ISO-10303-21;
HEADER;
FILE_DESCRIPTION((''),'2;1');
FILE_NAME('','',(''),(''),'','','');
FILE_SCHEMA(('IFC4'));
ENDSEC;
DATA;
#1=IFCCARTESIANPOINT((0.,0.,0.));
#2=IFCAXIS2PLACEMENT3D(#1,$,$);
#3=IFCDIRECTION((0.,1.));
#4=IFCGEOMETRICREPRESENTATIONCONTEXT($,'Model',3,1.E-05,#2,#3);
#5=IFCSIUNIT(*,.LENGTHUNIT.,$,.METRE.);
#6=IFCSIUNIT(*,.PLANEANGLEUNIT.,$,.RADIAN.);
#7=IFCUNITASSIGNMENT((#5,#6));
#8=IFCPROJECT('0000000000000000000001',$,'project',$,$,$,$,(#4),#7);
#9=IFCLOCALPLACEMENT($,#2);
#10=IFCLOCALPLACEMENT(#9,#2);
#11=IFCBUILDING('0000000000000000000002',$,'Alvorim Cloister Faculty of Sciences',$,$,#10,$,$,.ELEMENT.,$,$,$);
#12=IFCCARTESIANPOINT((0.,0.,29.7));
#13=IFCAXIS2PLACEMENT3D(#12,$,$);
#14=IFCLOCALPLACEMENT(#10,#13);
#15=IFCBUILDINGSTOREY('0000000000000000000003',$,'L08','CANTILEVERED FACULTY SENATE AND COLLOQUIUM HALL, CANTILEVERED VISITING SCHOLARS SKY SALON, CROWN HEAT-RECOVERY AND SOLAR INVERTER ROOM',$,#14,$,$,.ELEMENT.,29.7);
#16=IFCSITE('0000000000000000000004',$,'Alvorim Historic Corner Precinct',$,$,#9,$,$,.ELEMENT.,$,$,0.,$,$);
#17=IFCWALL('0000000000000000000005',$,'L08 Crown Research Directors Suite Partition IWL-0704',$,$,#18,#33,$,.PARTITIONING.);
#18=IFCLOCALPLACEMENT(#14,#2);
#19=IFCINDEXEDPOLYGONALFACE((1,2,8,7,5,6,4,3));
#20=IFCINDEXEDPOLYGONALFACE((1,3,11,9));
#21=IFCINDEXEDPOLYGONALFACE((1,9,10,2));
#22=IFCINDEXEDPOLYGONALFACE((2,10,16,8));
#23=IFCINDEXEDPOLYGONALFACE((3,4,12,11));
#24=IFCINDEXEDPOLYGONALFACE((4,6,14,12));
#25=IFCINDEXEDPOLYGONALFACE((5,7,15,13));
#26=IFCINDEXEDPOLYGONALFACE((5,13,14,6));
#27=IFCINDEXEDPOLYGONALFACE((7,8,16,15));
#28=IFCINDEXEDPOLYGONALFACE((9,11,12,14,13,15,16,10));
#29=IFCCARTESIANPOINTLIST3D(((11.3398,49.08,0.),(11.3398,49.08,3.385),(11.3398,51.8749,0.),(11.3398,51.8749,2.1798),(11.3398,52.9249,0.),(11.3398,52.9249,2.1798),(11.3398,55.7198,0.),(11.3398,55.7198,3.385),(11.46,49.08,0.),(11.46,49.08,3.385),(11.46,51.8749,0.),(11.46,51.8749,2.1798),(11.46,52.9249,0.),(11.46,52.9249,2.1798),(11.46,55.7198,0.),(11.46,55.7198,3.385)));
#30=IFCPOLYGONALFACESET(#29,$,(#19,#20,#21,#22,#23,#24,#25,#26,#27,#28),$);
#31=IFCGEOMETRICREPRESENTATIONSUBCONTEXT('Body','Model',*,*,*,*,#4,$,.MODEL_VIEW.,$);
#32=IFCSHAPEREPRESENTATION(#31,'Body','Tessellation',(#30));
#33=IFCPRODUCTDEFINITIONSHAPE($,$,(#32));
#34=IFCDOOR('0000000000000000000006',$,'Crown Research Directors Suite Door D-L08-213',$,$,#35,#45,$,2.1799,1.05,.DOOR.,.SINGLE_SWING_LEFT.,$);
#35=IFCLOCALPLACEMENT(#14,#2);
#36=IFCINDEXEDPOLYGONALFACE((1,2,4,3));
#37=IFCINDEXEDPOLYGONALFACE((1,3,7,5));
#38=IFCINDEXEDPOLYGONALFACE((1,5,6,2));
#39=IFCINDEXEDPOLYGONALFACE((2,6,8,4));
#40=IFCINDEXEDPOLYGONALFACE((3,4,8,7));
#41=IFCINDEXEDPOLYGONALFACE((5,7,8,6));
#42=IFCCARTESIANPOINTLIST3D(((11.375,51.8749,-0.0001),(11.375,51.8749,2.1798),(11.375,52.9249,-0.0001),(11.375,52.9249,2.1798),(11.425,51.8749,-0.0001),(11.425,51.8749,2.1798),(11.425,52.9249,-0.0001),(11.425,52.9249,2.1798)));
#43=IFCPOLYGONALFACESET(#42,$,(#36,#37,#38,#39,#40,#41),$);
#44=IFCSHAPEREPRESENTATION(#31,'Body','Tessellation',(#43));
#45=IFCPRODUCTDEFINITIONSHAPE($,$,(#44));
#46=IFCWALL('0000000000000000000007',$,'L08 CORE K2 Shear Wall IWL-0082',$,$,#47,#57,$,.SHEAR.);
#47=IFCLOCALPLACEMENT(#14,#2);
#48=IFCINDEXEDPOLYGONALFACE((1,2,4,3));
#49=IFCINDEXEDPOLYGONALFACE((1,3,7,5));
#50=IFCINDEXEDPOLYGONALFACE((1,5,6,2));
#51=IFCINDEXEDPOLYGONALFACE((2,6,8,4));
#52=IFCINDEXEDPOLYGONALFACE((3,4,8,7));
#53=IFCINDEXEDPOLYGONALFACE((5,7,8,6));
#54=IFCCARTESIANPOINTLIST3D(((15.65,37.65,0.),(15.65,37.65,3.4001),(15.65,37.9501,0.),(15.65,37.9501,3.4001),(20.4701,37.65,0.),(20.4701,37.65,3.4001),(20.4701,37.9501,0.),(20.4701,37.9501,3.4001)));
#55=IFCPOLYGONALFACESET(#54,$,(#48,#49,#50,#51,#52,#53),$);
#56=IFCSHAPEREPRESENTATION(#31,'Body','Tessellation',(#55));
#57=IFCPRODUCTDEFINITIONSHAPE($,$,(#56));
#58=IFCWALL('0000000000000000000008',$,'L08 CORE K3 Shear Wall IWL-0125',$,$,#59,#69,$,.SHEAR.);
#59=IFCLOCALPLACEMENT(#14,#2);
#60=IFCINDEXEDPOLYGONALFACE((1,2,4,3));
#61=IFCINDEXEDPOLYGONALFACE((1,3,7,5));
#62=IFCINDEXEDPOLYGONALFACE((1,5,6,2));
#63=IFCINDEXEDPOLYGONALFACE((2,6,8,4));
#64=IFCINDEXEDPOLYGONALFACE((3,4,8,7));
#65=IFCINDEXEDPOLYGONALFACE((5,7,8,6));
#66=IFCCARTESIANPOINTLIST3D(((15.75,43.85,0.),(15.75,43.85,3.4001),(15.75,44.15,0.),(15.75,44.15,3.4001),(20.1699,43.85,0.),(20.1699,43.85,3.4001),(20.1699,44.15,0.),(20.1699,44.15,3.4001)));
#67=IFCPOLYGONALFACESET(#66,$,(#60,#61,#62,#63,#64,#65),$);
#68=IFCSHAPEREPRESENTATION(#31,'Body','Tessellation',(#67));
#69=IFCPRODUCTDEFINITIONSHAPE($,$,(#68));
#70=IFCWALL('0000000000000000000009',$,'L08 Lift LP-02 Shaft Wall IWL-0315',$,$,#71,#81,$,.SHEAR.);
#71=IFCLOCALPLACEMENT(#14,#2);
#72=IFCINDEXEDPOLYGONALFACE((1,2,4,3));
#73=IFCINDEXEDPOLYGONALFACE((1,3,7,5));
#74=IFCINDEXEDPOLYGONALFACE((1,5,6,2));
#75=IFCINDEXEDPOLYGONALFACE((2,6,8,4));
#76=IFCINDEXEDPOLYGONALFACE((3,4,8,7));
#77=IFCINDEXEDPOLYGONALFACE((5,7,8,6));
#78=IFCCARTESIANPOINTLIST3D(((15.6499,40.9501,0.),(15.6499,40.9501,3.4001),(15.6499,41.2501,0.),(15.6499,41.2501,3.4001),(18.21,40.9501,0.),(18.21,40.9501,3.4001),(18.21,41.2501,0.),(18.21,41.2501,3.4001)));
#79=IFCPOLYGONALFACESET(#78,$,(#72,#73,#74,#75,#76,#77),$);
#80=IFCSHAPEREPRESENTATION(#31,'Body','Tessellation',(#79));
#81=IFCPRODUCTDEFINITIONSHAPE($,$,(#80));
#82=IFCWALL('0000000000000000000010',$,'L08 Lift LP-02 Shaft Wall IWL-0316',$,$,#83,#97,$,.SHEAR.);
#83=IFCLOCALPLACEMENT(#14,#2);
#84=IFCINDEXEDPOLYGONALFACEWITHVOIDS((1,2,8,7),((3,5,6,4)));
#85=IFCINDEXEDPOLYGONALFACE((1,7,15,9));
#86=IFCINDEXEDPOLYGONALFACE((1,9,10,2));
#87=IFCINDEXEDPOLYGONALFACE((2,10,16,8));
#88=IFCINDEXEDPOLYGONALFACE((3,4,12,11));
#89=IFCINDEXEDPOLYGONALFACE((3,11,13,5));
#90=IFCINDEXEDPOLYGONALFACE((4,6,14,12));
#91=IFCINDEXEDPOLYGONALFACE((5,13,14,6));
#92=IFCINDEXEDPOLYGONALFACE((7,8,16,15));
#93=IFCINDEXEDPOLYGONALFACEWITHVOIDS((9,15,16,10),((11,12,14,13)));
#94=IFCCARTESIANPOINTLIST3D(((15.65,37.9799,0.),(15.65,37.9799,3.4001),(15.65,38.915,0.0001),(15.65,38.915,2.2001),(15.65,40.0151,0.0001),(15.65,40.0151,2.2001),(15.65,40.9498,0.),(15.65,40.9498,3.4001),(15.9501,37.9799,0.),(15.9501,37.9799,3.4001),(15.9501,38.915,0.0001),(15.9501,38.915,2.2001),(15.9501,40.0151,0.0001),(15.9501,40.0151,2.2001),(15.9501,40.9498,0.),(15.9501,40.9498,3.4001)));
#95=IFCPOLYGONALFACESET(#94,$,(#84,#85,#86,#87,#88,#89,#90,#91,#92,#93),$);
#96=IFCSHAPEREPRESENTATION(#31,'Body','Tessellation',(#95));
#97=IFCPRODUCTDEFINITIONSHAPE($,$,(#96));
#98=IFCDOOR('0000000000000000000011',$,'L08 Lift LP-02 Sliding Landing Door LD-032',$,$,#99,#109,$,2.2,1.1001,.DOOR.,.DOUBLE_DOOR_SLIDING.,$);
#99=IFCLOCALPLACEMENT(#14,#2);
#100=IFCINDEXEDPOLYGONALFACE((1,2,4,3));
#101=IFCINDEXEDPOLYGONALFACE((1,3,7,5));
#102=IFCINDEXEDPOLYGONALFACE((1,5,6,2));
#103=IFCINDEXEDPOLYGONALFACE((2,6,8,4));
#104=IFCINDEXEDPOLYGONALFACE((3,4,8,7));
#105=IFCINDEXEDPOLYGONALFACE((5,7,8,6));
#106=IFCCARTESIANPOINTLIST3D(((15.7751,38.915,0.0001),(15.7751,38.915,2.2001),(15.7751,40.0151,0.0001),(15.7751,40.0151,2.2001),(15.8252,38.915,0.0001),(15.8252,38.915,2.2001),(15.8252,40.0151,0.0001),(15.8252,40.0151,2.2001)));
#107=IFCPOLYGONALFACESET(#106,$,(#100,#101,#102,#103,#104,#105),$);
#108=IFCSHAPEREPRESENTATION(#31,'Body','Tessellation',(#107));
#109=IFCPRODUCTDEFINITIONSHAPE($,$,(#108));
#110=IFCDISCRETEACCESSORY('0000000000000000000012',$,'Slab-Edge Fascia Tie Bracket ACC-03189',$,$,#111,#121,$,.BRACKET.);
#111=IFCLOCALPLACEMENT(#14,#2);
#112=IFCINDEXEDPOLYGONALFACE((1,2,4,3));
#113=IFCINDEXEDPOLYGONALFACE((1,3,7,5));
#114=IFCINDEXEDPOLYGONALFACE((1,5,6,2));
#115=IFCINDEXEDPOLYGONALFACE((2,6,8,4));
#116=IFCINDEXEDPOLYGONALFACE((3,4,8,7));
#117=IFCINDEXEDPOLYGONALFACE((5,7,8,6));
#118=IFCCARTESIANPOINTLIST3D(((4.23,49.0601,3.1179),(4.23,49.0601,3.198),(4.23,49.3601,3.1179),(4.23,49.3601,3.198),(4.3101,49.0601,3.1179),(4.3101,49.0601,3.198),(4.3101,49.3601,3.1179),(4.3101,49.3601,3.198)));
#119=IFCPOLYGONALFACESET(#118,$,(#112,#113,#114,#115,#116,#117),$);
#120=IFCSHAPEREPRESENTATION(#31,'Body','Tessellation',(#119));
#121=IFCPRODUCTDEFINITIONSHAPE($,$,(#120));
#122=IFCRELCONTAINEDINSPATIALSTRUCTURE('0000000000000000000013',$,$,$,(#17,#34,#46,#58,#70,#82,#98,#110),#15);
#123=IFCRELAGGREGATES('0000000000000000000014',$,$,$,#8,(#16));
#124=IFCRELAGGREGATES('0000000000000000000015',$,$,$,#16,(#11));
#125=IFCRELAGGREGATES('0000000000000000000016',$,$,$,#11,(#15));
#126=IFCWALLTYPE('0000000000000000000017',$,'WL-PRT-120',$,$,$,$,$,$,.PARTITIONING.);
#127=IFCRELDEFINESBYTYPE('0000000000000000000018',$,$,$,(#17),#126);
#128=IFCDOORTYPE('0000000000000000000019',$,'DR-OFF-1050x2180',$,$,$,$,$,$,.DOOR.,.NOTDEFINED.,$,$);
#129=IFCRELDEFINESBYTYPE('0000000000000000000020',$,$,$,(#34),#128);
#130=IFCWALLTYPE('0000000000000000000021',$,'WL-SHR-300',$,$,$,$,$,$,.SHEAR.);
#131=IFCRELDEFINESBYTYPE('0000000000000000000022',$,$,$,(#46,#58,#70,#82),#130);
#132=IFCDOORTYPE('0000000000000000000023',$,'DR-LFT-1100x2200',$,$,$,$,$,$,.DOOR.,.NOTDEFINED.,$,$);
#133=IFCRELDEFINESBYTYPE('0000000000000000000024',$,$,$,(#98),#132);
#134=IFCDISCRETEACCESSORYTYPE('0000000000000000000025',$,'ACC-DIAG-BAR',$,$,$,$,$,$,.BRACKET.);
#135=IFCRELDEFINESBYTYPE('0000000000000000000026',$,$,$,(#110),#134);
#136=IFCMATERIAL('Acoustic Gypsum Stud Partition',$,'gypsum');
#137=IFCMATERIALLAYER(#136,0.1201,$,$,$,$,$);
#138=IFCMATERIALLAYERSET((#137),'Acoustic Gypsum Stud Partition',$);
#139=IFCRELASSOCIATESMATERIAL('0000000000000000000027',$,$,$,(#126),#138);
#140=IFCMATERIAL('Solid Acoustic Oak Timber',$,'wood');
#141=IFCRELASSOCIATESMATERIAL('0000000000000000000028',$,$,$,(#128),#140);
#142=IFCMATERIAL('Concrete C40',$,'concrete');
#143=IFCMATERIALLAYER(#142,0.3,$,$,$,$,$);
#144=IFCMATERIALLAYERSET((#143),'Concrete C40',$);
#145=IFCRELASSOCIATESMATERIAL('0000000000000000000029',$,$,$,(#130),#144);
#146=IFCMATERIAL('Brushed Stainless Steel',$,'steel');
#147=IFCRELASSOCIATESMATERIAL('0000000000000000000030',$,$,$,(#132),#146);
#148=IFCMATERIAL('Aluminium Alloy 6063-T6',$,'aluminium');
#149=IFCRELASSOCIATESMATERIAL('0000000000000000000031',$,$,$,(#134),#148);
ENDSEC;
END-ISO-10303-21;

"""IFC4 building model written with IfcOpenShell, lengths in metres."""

from ifc_helpers import new_model, si_unit, direction, frame, frame_2d, origin, origin_2d, place, context, subcontext, project, spatial, rectangle, extrude, material, layer, layer_set, type_object, element, fill, save


model = new_model("IFC4")

# Units and contexts
model_context = context("Model", 3, precision=1e-05, world=origin(), true_north=direction((0.0, 1.0)))
body_context = subcontext(model_context, "Body", "Model", "MODEL_VIEW")
ifc_project = project(units=[si_unit("LENGTHUNIT", "METRE"), si_unit("PLANEANGLEUNIT", "RADIAN")], contexts=[model_context])

# Site, building, storey
site_placement = place(None, origin())
site = spatial("IfcSite", under=ifc_project, at=site_placement, Name="Alvorim Historic Corner Precinct", CompositionType="ELEMENT", RefElevation=0.0)
building_placement = place(site_placement, origin())
building = spatial("IfcBuilding", under=site, at=building_placement, Name="Alvorim Cloister Faculty of Sciences", CompositionType="ELEMENT")
storey_placement = place(building_placement, frame((0.0, 0.0, 29.7)))
storey = spatial("IfcBuildingStorey", under=building, at=storey_placement, Name="L08", Description="CANTILEVERED FACULTY SENATE AND COLLOQUIUM HALL, CANTILEVERED VISITING SCHOLARS SKY SALON, CROWN HEAT-RECOVERY AND SOLAR INVERTER ROOM", CompositionType="ELEMENT", Elevation=29.7)

# Shared definitions
ifc_material_1 = material(Name="Aluminium Alloy 6063-T6", Category="aluminium")

# Shared definitions
ifc_material_2 = material(Name="Acoustic Gypsum Stud Partition", Category="gypsum")
ifc_layer_1 = layer(ifc_material_2, 0.1201)
ifc_layer_set_1 = layer_set([ifc_layer_1], Name="Acoustic Gypsum Stud Partition")
wall_type_1 = type_object("IfcWallType", Name="WL-PRT-120", PredefinedType="PARTITIONING", material=ifc_layer_set_1)

# Wall, opening, door
wall_1_placement = place(storey_placement, frame((11.3999, 49.0801, 0.0), z_axis=(0.0, 0.0, 1.0), x_axis=(0.0, 1.0, 0.0)))
wall_1 = element("IfcWall", 1, at=wall_1_placement, inside=storey, type_object=wall_type_1, Name="L08 Crown Research Directors Suite Partition IWL-0704", PredefinedType="PARTITIONING", context=body_context, shape_type="SweptSolid", body=[
    extrude(rectangle(XDim=6.6399, YDim=0.1201, at=frame_2d((3.3198, 0.0))), origin(), (0.0, 0.0, 1.0), 3.385),
])
opening_1_placement = place(wall_1_placement, frame((2.7949, 0.0, 0.0)))
opening_1 = element("IfcOpeningElement", 2, at=opening_1_placement, cuts=wall_1, PredefinedType="OPENING", context=body_context, shape_type="SweptSolid", body=[
    extrude(rectangle(XDim=1.05, YDim=2.1799, at=frame_2d((0.5249, 1.0898))), frame((0.0, 0.072, 0.0), z_axis=(0.0, -1.0, 0.0), x_axis=(1.0, 0.0, 0.0)), (0.0, 0.0, 1.0), 0.144),
])
ifc_material_3 = material(Name="Solid Acoustic Oak Timber", Category="wood")
door_type_1 = type_object("IfcDoorType", Name="DR-OFF-1050x2180", OperationType="NOTDEFINED", PredefinedType="DOOR", material=ifc_material_3)
door_1_placement = place(opening_1_placement, origin())
door_1 = element("IfcDoor", 3, at=door_1_placement, inside=storey, type_object=door_type_1, Name="Crown Research Directors Suite Door D-L08-213", OperationType="SINGLE_SWING_LEFT", OverallHeight=2.1799, OverallWidth=1.05, PredefinedType="DOOR", context=body_context, shape_type="SweptSolid", body=[
    extrude(rectangle(XDim=1.05, YDim=2.1799, at=frame_2d((0.5249, 1.0898))), frame((0.0, 0.0249, 0.0), z_axis=(0.0, -1.0, 0.0), x_axis=(1.0, 0.0, 0.0)), (0.0, 0.0, 1.0), 0.05),
])
fill(opening_1, door_1)

# Walls
ifc_material_4 = material(Name="Concrete C40", Category="concrete")
ifc_layer_2 = layer(ifc_material_4, 0.3)
ifc_layer_set_2 = layer_set([ifc_layer_2], Name="Concrete C40")
wall_type_2 = type_object("IfcWallType", Name="WL-SHR-300", PredefinedType="SHEAR", material=ifc_layer_set_2)
wall_2_placement = place(storey_placement, frame((15.6499, 37.8, 0.0), z_axis=(0.0, 0.0, 1.0), x_axis=(1.0, 0.0, 0.0)))
element("IfcWall", 4, at=wall_2_placement, inside=storey, type_object=wall_type_2, Name="L08 CORE K2 Shear Wall IWL-0082", PredefinedType="SHEAR", context=body_context, shape_type="SweptSolid", body=[
    extrude(rectangle(XDim=4.8201, YDim=0.3, at=frame_2d((2.4102, 0.0))), origin(), (0.0, 0.0, 1.0), 3.4001),
])
wall_3_placement = place(storey_placement, frame((15.75, 44.0, 0.0), z_axis=(0.0, 0.0, 1.0), x_axis=(1.0, 0.0, 0.0)))
element("IfcWall", 5, at=wall_3_placement, inside=storey, type_object=wall_type_2, Name="L08 CORE K3 Shear Wall IWL-0125", PredefinedType="SHEAR", context=body_context, shape_type="SweptSolid", body=[
    extrude(rectangle(XDim=4.4199, YDim=0.3, at=frame_2d((2.21, 0.0))), origin(), (0.0, 0.0, 1.0), 3.4001),
])
wall_4_placement = place(storey_placement, frame((15.6499, 41.1001, 0.0), z_axis=(0.0, 0.0, 1.0), x_axis=(1.0, 0.0, 0.0)))
element("IfcWall", 6, at=wall_4_placement, inside=storey, type_object=wall_type_2, Name="L08 Lift LP-02 Shaft Wall IWL-0315", PredefinedType="SHEAR", context=body_context, shape_type="SweptSolid", body=[
    extrude(rectangle(XDim=2.5601, YDim=0.3, at=frame_2d((1.28, 0.0))), origin(), (0.0, 0.0, 1.0), 3.4001),
])

# Wall, opening, door
wall_5_placement = place(storey_placement, frame((15.8, 37.98, 0.0), z_axis=(0.0, 0.0, 1.0), x_axis=(0.0, 1.0, 0.0)))
wall_5 = element("IfcWall", 7, at=wall_5_placement, inside=storey, type_object=wall_type_2, Name="L08 Lift LP-02 Shaft Wall IWL-0316", PredefinedType="SHEAR", context=body_context, shape_type="SweptSolid", body=[
    extrude(rectangle(XDim=2.97, YDim=0.3, at=frame_2d((1.4849, 0.0))), origin(), (0.0, 0.0, 1.0), 3.4001),
])
opening_2_placement = place(wall_5_placement, frame((0.9351, 0.0, 0.0)))
opening_2 = element("IfcOpeningElement", 8, at=opening_2_placement, cuts=wall_5, PredefinedType="OPENING", context=body_context, shape_type="SweptSolid", body=[
    extrude(rectangle(XDim=1.1001, YDim=2.2, at=frame_2d((0.55, 1.1001))), frame((0.0, 0.1621, 0.0), z_axis=(0.0, -1.0, 0.0), x_axis=(1.0, 0.0, 0.0)), (0.0, 0.0, 1.0), 0.324),
])
ifc_material_5 = material(Name="Brushed Stainless Steel", Category="steel")
door_type_2 = type_object("IfcDoorType", Name="DR-LFT-1100x2200", OperationType="NOTDEFINED", PredefinedType="DOOR", material=ifc_material_5)
door_2_placement = place(opening_2_placement, origin())
door_2 = element("IfcDoor", 9, at=door_2_placement, inside=storey, type_object=door_type_2, Name="L08 Lift LP-02 Sliding Landing Door LD-032", OperationType="DOUBLE_DOOR_SLIDING", OverallHeight=2.2, OverallWidth=1.1001, PredefinedType="DOOR", context=body_context, shape_type="SweptSolid", body=[
    extrude(rectangle(XDim=1.1001, YDim=2.2, at=frame_2d((0.55, 1.1001))), frame((0.0, 0.0249, 0.0), z_axis=(0.0, -1.0, 0.0), x_axis=(1.0, 0.0, 0.0)), (0.0, 0.0, 1.0), 0.05),
])
fill(opening_2, door_2)

# Discrete accessory
discrete_accessory_type = type_object("IfcDiscreteAccessoryType", Name="ACC-DIAG-BAR", PredefinedType="BRACKET", material=ifc_material_1)
discrete_accessory_placement = place(storey_placement, frame((4.27, 49.0601, 3.158), z_axis=(0.0, 1.0, 0.0), x_axis=(-1.0, 0.0, 0.0)))
element("IfcDiscreteAccessory", 10, at=discrete_accessory_placement, inside=storey, type_object=discrete_accessory_type, Name="Slab-Edge Fascia Tie Bracket ACC-03189", PredefinedType="BRACKET", context=body_context, shape_type="SweptSolid", body=[
    extrude(rectangle(XDim=0.0801, YDim=0.0801, at=origin_2d()), origin(), (0.0, 0.0, 1.0), 0.3),
])

save(model, "model.ifc")
